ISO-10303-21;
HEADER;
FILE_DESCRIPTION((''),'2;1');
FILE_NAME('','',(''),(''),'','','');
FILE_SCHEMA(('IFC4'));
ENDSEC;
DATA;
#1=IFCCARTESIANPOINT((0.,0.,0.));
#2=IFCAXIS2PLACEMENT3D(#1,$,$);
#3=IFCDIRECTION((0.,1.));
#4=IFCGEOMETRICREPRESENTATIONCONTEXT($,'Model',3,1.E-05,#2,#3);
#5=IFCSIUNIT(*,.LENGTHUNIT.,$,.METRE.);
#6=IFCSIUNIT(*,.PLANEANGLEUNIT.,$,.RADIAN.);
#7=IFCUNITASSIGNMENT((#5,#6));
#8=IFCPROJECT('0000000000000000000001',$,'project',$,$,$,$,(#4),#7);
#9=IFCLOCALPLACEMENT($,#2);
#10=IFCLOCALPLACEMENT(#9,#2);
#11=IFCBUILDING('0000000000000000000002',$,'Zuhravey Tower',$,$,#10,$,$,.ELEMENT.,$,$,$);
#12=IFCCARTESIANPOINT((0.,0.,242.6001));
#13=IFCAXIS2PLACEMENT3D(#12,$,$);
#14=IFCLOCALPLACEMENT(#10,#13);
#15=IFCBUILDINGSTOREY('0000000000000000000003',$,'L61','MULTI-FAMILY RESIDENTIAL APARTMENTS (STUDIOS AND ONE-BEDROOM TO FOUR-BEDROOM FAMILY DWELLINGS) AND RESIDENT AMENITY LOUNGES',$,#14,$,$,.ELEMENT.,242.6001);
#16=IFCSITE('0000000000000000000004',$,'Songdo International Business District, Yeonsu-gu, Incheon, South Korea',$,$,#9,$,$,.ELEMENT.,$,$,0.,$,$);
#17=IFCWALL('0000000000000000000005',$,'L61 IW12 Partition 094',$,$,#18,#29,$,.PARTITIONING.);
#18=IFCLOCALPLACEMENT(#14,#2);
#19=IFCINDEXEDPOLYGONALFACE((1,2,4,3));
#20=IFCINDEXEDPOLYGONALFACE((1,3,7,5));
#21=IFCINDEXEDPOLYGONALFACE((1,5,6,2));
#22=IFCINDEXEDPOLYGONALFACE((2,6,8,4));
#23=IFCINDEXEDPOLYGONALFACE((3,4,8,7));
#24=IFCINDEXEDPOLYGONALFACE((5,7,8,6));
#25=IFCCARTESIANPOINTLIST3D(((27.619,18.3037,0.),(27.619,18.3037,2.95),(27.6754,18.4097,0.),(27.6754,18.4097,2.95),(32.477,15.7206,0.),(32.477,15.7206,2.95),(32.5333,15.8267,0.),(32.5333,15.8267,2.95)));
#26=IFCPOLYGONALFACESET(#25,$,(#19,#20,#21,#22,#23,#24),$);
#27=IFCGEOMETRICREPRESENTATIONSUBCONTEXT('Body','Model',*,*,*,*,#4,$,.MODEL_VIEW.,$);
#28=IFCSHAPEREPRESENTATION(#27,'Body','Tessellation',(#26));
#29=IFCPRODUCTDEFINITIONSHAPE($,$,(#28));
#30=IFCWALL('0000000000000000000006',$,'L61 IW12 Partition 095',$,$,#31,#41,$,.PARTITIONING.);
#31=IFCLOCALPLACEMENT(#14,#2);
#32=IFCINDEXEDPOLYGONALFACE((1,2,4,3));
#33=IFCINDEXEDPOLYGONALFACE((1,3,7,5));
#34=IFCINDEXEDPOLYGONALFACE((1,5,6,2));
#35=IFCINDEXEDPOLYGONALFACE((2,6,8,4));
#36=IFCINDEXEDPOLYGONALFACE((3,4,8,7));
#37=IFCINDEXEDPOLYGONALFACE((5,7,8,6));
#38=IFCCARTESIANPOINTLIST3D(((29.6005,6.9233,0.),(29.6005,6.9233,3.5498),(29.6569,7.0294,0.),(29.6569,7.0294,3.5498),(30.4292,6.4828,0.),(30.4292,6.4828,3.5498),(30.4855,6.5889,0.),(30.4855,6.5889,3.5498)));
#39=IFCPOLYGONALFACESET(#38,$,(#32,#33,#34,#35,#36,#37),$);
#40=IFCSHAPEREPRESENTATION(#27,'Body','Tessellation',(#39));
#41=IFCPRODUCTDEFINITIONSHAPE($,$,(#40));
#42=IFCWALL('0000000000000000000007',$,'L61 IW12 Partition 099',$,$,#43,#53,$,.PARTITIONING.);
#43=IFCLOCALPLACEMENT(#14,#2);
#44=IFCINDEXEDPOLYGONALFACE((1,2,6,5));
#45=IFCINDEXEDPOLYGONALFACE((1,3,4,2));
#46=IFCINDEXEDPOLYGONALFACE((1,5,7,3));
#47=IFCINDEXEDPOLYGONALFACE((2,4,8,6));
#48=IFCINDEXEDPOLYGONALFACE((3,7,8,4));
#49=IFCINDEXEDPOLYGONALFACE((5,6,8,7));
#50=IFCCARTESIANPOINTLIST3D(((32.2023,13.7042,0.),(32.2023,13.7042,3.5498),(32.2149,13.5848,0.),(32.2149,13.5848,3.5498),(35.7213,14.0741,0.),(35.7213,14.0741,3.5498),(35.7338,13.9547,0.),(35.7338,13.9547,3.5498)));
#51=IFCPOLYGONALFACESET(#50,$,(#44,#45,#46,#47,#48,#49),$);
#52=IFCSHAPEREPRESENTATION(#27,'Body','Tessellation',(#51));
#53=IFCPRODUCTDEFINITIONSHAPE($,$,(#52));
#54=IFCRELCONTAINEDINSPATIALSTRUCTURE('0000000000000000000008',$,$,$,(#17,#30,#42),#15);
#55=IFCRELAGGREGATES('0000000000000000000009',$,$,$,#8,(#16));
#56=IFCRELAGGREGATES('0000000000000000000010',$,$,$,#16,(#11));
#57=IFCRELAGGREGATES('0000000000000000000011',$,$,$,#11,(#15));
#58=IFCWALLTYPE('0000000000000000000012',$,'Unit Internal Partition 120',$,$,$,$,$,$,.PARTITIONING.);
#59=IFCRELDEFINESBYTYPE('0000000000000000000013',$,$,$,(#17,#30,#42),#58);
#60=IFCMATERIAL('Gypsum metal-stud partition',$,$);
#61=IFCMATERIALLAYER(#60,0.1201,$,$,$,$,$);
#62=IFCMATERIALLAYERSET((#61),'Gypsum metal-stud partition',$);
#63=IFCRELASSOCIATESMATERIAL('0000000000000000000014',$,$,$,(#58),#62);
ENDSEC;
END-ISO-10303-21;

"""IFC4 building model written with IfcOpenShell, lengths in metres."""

from ifc_helpers import new_model, si_unit, direction, frame, frame_2d, origin, place, context, subcontext, project, spatial, rectangle, extrude, material, layer, layer_set, type_object, element, save


model = new_model("IFC4")

# Units and contexts
model_context = context("Model", 3, precision=1e-05, world=origin(), true_north=direction((0.0, 1.0)))
body_context = subcontext(model_context, "Body", "Model", "MODEL_VIEW")
ifc_project = project(units=[si_unit("LENGTHUNIT", "METRE"), si_unit("PLANEANGLEUNIT", "RADIAN")], contexts=[model_context])

# Site, building, storey
site_placement = place(None, origin())
site = spatial("IfcSite", under=ifc_project, at=site_placement, Name="Songdo International Business District, Yeonsu-gu, Incheon, South Korea", CompositionType="ELEMENT", RefElevation=0.0)
building_placement = place(site_placement, origin())
building = spatial("IfcBuilding", under=site, at=building_placement, Name="Zuhravey Tower", CompositionType="ELEMENT")
storey_placement = place(building_placement, frame((0.0, 0.0, 242.6001)))
storey = spatial("IfcBuildingStorey", under=building, at=storey_placement, Name="L61", Description="MULTI-FAMILY RESIDENTIAL APARTMENTS (STUDIOS AND ONE-BEDROOM TO FOUR-BEDROOM FAMILY DWELLINGS) AND RESIDENT AMENITY LOUNGES", CompositionType="ELEMENT", Elevation=242.6001)

# Shared definitions
ifc_material_1 = material(Name="Gypsum metal-stud partition")
ifc_layer_1 = layer(ifc_material_1, 0.1201)
ifc_layer_set_1 = layer_set([ifc_layer_1], Name="Gypsum metal-stud partition")
wall_type_1 = type_object("IfcWallType", Name="Unit Internal Partition 120", PredefinedType="PARTITIONING", material=ifc_layer_set_1)

# Walls
wall_1_placement = place(storey_placement, frame((27.6472, 18.3567, 0.0), z_axis=(0.0, 0.0, 1.0), x_axis=(0.882947, -0.469473, 0.0)))
element("IfcWall", 1, at=wall_1_placement, inside=storey, type_object=wall_type_1, Name="L61 IW12 Partition 094", PredefinedType="PARTITIONING", context=body_context, shape_type="SweptSolid", body=[
    extrude(rectangle(XDim=5.502, YDim=0.1201, at=frame_2d((2.751, 0.0))), origin(), (0.0, 0.0, 1.0), 2.95),
])
wall_2_placement = place(storey_placement, frame((29.6287, 6.9763, 0.0), z_axis=(0.0, 0.0, 1.0), x_axis=(0.883015, -0.469345, 0.0)))
element("IfcWall", 2, at=wall_2_placement, inside=storey, type_object=wall_type_1, Name="L61 IW12 Partition 095", PredefinedType="PARTITIONING", context=body_context, shape_type="SweptSolid", body=[
    extrude(rectangle(XDim=0.9385, YDim=0.1201, at=frame_2d((0.4692, 0.0))), origin(), (0.0, 0.0, 1.0), 3.5498),
])
wall_3_placement = place(storey_placement, frame((32.2087, 13.6445, 0.0), z_axis=(0.0, 0.0, 1.0), x_axis=(0.994522, 0.10453, 0.0)))
element("IfcWall", 3, at=wall_3_placement, inside=storey, type_object=wall_type_1, Name="L61 IW12 Partition 099", PredefinedType="PARTITIONING", context=body_context, shape_type="SweptSolid", body=[
    extrude(rectangle(XDim=3.5383, YDim=0.1201, at=frame_2d((1.769, 0.0))), origin(), (0.0, 0.0, 1.0), 3.5498),
])

save(model, "model.ifc")
